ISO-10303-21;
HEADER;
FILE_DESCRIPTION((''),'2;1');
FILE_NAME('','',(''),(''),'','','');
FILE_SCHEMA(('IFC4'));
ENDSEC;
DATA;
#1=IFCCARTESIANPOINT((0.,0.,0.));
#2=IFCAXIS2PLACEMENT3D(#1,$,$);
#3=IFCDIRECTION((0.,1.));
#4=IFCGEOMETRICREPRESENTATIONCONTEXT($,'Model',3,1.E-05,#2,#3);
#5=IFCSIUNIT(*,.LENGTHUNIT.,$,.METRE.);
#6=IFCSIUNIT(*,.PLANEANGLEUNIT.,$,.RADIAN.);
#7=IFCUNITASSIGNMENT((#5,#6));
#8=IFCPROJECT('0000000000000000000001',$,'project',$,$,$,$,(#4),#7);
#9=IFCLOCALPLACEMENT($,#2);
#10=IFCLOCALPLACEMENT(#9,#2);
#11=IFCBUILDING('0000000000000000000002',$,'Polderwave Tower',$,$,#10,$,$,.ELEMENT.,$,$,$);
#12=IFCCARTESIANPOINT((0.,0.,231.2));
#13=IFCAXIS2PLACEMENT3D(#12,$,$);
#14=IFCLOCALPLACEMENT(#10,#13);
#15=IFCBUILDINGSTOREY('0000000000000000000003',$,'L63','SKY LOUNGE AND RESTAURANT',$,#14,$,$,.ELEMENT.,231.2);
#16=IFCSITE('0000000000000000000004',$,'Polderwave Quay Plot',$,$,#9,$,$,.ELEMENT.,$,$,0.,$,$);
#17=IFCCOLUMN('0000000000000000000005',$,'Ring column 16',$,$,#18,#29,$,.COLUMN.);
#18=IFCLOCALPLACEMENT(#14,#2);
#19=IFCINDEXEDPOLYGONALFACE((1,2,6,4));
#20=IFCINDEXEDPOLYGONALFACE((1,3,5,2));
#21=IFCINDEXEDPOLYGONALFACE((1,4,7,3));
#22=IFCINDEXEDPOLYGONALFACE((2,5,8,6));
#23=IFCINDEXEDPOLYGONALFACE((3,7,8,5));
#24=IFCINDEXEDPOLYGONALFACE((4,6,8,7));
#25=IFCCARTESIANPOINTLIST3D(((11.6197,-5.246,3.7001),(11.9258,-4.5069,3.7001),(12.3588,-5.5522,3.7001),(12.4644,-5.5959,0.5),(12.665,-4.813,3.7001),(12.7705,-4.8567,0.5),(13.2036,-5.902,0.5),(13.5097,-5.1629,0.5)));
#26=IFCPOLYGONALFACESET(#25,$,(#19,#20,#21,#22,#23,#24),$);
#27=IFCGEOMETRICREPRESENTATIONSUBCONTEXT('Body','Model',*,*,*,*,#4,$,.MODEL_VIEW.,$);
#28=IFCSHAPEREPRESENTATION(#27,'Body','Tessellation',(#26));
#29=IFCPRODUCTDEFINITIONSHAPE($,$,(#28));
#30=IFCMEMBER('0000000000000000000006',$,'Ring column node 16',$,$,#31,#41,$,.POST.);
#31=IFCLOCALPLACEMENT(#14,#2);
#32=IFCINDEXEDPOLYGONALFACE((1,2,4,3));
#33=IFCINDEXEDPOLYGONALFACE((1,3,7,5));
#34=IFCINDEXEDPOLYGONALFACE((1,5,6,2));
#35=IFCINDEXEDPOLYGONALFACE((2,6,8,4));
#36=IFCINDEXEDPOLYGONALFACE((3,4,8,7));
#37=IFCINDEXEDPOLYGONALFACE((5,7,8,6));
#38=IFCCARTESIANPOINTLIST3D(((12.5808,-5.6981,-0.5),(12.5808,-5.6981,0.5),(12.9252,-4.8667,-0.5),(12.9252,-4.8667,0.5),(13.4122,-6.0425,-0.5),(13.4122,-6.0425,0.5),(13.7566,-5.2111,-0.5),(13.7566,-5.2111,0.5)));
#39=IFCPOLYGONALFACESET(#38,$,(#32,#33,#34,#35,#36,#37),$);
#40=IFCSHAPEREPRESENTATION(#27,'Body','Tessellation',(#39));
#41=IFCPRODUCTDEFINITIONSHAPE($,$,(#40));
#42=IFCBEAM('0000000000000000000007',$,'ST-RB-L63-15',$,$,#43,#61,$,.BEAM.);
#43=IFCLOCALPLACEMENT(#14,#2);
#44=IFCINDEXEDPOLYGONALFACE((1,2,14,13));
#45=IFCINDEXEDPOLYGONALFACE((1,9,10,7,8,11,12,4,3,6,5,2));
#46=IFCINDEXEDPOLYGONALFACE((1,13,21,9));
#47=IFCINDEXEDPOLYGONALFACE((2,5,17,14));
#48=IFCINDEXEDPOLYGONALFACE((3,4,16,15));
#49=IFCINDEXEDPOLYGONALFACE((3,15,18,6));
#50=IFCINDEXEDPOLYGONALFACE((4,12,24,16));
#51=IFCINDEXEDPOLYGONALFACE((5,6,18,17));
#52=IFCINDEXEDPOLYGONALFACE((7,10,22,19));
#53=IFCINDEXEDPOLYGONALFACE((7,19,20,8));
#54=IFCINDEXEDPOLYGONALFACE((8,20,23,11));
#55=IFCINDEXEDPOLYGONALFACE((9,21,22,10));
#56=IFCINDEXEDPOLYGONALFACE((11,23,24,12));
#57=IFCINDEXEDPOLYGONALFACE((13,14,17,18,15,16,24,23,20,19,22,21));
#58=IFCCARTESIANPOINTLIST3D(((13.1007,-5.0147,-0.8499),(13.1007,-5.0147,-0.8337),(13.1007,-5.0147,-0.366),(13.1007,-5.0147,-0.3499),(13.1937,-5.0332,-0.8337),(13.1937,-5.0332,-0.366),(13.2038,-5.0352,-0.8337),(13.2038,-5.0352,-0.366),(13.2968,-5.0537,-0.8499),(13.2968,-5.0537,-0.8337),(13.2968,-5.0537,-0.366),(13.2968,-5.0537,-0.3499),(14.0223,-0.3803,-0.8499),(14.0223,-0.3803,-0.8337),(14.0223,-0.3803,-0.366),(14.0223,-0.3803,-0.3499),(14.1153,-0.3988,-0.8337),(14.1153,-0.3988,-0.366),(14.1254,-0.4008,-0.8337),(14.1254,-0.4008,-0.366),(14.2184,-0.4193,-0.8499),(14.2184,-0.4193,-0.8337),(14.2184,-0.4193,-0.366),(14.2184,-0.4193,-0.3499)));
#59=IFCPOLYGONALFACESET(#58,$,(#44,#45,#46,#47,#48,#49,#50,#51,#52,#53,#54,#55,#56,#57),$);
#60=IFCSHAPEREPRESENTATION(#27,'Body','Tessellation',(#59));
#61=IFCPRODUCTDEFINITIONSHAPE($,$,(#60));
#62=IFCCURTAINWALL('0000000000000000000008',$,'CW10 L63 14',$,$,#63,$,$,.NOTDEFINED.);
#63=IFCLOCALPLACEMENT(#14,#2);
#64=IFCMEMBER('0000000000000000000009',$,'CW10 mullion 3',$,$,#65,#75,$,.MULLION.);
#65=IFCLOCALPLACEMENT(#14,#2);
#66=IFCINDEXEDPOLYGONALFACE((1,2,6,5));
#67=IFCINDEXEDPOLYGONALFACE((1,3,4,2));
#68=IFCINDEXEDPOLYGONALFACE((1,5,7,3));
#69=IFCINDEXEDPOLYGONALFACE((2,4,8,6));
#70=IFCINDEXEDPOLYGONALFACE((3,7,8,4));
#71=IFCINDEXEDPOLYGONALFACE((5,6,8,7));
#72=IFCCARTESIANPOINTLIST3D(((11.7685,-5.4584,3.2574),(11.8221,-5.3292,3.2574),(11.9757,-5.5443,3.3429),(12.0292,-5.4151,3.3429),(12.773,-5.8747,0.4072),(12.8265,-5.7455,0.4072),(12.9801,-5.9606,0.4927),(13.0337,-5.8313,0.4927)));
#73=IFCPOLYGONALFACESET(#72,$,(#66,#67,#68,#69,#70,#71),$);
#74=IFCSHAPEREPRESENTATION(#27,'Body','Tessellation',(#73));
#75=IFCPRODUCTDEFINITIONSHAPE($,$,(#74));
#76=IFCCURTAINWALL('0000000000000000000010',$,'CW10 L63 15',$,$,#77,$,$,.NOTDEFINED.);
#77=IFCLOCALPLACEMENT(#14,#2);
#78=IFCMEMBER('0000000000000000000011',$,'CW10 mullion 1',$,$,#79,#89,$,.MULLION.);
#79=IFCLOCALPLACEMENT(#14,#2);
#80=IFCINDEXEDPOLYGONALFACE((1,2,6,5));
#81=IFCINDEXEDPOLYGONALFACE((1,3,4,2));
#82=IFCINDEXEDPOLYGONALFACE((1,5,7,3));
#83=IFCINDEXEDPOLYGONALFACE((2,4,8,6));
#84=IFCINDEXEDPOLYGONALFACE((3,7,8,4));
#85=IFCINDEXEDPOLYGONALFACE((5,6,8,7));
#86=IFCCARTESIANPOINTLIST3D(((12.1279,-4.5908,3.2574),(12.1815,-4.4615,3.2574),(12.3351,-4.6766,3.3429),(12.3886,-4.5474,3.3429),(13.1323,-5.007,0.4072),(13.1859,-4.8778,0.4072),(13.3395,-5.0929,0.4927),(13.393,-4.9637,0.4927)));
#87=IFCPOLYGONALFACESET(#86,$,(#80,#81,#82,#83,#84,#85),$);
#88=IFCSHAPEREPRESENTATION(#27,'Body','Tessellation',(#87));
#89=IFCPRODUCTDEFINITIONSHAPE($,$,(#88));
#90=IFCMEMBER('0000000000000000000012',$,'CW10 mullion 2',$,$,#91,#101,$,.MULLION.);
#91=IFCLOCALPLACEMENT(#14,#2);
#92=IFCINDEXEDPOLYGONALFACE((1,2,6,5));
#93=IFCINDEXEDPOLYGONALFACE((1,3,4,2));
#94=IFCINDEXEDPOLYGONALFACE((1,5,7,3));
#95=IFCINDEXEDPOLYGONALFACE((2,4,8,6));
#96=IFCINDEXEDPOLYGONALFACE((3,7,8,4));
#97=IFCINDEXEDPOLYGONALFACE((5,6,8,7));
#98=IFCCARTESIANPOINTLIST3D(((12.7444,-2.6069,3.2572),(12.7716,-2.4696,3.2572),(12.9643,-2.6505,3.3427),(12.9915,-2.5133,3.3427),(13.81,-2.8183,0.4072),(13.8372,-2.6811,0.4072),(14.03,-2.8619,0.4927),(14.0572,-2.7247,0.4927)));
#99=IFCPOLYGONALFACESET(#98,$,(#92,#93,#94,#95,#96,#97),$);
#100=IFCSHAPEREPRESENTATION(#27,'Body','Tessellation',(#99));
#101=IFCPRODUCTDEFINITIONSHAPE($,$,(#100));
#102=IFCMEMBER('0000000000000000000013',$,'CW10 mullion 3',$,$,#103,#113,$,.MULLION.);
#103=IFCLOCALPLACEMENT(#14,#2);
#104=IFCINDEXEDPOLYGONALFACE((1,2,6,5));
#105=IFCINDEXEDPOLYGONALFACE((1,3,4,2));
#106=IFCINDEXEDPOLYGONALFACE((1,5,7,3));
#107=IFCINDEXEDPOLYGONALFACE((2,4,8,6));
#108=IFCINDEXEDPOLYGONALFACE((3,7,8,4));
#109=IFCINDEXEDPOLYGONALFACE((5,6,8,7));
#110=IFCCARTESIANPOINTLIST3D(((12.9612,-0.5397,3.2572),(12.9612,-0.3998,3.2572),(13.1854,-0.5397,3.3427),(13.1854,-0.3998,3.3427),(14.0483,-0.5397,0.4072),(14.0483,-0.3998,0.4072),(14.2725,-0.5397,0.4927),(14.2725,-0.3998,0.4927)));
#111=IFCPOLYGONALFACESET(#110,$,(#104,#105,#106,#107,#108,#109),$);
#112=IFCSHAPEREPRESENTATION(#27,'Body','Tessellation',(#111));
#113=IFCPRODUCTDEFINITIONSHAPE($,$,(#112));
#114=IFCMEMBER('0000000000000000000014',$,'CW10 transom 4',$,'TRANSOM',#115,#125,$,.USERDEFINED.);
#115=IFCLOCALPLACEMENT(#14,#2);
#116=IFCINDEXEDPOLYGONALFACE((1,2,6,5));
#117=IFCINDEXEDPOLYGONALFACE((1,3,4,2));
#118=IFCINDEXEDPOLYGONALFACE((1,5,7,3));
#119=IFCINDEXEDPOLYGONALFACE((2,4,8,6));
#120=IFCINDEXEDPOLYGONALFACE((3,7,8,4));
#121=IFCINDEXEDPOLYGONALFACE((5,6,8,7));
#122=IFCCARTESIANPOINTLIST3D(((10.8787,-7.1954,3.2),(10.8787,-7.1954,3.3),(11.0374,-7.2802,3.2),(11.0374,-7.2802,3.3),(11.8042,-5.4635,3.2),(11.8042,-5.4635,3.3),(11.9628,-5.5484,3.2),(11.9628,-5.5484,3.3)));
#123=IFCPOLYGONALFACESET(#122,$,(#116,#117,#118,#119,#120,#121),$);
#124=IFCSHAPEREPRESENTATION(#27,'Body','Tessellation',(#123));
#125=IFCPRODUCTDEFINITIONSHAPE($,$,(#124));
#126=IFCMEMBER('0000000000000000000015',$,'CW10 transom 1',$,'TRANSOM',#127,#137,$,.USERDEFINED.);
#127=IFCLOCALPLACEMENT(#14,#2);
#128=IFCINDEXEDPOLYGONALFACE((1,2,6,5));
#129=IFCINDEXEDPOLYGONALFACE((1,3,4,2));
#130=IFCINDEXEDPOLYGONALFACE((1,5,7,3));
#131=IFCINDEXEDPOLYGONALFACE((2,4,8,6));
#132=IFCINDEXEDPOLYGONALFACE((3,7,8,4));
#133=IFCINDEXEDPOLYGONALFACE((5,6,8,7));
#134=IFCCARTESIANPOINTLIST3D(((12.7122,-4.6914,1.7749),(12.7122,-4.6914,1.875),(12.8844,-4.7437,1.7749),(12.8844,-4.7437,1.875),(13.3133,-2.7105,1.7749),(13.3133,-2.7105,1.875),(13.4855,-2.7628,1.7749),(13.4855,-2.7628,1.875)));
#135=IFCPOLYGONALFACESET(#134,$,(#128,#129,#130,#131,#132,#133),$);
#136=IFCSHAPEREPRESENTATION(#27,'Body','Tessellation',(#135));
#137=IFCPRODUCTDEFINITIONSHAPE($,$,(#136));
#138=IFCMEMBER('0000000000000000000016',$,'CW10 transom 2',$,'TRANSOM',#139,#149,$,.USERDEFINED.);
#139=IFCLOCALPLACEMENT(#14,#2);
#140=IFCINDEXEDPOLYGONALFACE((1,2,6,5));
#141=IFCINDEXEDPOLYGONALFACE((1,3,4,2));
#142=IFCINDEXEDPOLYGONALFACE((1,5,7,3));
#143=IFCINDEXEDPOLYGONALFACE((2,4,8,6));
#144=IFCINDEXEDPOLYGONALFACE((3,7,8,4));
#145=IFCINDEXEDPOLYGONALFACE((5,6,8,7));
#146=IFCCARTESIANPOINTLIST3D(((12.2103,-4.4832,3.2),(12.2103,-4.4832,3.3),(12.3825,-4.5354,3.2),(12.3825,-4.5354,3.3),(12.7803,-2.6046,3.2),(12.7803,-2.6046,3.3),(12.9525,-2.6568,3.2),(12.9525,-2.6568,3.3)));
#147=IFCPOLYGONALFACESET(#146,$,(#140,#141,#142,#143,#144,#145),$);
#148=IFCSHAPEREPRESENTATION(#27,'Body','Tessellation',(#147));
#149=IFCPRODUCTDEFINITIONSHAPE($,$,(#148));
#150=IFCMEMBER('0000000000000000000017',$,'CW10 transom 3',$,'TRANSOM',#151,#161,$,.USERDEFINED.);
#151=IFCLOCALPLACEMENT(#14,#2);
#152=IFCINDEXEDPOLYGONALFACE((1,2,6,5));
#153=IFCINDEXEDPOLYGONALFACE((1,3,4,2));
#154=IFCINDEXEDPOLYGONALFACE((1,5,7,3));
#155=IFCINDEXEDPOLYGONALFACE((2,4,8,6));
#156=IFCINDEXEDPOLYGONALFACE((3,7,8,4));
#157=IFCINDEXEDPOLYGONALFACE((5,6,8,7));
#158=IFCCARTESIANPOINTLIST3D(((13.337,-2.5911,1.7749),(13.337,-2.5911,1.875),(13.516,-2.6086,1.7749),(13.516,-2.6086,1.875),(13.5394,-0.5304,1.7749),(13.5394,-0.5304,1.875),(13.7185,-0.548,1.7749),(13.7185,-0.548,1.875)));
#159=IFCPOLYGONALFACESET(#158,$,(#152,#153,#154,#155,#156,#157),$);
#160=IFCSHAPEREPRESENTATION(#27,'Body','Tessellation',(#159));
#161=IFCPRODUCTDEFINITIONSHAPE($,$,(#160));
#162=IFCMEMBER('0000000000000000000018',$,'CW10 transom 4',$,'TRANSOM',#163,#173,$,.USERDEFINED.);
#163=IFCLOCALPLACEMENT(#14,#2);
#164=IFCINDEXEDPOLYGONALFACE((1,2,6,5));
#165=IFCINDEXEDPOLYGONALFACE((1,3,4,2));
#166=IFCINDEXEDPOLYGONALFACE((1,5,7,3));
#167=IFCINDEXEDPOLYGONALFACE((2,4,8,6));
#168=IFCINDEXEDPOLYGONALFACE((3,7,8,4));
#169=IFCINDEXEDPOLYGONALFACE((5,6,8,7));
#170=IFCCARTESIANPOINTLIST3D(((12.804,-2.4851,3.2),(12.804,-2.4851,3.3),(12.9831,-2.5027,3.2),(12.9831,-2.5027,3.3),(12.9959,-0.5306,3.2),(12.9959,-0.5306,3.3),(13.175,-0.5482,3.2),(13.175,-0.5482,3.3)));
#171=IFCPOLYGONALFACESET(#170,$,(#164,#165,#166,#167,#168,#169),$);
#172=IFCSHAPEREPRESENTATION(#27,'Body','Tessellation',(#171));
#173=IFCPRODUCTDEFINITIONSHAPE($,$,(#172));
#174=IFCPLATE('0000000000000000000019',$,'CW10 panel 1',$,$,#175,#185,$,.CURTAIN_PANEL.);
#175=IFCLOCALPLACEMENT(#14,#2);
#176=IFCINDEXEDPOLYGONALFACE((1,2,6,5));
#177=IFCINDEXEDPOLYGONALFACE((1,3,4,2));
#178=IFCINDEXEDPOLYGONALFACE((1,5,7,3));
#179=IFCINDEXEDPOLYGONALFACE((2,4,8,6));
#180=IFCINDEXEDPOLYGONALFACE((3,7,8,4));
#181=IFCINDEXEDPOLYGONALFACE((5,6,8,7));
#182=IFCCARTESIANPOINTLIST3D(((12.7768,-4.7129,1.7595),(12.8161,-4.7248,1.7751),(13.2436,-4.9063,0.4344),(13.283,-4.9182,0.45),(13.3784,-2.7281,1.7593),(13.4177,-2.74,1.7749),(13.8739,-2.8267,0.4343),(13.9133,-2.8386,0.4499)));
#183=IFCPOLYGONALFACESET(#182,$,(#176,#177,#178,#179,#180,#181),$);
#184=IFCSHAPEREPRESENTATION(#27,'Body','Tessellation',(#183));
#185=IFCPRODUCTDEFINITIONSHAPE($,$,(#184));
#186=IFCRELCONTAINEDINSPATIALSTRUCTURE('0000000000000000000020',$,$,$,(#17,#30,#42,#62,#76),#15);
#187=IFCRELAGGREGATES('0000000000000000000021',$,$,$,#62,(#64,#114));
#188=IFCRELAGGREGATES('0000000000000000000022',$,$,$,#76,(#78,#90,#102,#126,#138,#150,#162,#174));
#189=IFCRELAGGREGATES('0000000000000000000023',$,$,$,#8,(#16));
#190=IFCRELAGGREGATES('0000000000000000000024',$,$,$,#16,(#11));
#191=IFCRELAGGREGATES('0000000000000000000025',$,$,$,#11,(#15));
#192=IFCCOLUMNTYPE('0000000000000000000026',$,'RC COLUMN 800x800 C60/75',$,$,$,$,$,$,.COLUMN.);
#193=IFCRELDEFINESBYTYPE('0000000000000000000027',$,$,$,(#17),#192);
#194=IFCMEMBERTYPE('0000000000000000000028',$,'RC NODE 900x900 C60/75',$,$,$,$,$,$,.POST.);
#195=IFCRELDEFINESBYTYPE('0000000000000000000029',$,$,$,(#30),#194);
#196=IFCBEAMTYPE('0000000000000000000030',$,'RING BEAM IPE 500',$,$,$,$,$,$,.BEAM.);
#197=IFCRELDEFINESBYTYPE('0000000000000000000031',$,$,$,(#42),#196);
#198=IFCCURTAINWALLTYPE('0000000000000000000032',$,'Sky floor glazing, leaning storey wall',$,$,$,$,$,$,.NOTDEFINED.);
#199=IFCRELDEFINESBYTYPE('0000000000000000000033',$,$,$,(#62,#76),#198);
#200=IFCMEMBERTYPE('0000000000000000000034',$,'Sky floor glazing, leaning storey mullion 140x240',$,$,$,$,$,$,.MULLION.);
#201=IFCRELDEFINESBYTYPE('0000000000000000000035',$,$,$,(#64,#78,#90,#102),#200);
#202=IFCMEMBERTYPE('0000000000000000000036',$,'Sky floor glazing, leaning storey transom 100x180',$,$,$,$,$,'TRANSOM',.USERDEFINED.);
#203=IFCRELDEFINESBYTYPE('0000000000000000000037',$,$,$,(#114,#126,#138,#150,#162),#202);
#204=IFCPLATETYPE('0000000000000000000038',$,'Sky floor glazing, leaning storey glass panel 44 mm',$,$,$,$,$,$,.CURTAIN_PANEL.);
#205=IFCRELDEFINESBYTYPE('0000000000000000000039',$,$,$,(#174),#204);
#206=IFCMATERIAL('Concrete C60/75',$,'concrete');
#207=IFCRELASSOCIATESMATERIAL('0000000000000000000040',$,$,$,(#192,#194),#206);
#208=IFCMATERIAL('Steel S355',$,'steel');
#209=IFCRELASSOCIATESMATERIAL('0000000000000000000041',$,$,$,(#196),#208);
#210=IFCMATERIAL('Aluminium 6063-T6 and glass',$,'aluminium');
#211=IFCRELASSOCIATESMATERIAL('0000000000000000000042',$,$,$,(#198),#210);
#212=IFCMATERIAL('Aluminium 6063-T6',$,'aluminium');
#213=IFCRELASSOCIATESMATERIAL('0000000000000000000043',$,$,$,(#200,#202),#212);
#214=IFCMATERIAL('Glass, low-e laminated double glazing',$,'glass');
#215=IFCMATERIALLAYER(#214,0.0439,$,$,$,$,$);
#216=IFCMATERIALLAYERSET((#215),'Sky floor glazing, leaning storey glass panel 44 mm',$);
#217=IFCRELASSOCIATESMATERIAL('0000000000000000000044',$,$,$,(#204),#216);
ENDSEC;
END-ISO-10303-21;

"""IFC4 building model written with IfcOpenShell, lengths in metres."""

from ifc_helpers import new_model, si_unit, direction, frame, origin, origin_2d, place, context, subcontext, project, spatial, polyline, rectangle, i_section, outline, extrude, material, layer, layer_set, material_profile, profile_set, type_object, element, aggregate, save


model = new_model("IFC4")

# Units and contexts
model_context = context("Model", 3, precision=1e-05, world=origin(), true_north=direction((0.0, 1.0)))
body_context = subcontext(model_context, "Body", "Model", "MODEL_VIEW")
ifc_project = project(units=[si_unit("LENGTHUNIT", "METRE"), si_unit("PLANEANGLEUNIT", "RADIAN")], contexts=[model_context])

# Site, building, storey
site_placement = place(None, origin())
site = spatial("IfcSite", under=ifc_project, at=site_placement, Name="Polderwave Quay Plot", CompositionType="ELEMENT", RefElevation=0.0)
building_placement = place(site_placement, origin())
building = spatial("IfcBuilding", under=site, at=building_placement, Name="Polderwave Tower", CompositionType="ELEMENT")
storey_placement = place(building_placement, frame((0.0, 0.0, 231.2)))
storey = spatial("IfcBuildingStorey", under=building, at=storey_placement, Name="L63", Description="SKY LOUNGE AND RESTAURANT", CompositionType="ELEMENT", Elevation=231.2)

# Column
ifc_material_1 = material(Name="Concrete C60/75", Category="concrete")
ifc_material_profile_1 = material_profile(ifc_material_1, rectangle(XDim=0.8, YDim=0.8, at=origin_2d()), Name="RC 800x800")
ifc_profile_set_1 = profile_set([ifc_material_profile_1], Name="Concrete C60/75")
column_type = type_object("IfcColumnType", Name="RC COLUMN 800x800 C60/75", PredefinedType="COLUMN", material=ifc_profile_set_1)
column_placement = place(storey_placement, frame((12.9871, -5.3794, 0.5), z_axis=(0.0, 0.0, 1.0), x_axis=(-0.382643, -0.923896, 0.0)))
element("IfcColumn", 1, at=column_placement, inside=storey, type_object=column_type, Name="Ring column 16", PredefinedType="COLUMN", context=body_context, shape_type="SweptSolid", body=[
    extrude(rectangle(XDim=0.8, YDim=0.8, at=origin_2d()), origin(), (0.0, -0.274731, 0.961521), 3.3281),
])

# Member
ifc_material_profile_2 = material_profile(ifc_material_1, rectangle(XDim=0.8999, YDim=0.8999, at=origin_2d()), Name="RC 900x900")
ifc_profile_set_2 = profile_set([ifc_material_profile_2], Name="Concrete C60/75")
member_type_1 = type_object("IfcMemberType", Name="RC NODE 900x900 C60/75", PredefinedType="POST", material=ifc_profile_set_2)
member_1_placement = place(storey_placement, frame((13.1687, -5.4546, -0.5), z_axis=(0.0, 0.0, 1.0), x_axis=(0.92388, -0.382683, 0.0)))
element("IfcMember", 2, at=member_1_placement, inside=storey, type_object=member_type_1, Name="Ring column node 16", PredefinedType="POST", context=body_context, shape_type="SweptSolid", body=[
    extrude(rectangle(XDim=0.8999, YDim=0.8999, at=origin_2d()), origin(), (0.0, 0.0, 1.0), 1.0),
])

# Beam
ifc_material_2 = material(Name="Steel S355", Category="steel")
ifc_material_profile_3 = material_profile(ifc_material_2, i_section(OverallWidth=0.2, OverallDepth=0.5, WebThickness=0.0103, FlangeThickness=0.0161, at=origin_2d()), Name="IPE 500")
ifc_profile_set_3 = profile_set([ifc_material_profile_3], Name="Steel S355")
beam_type = type_object("IfcBeamType", Name="RING BEAM IPE 500", PredefinedType="BEAM", material=ifc_profile_set_3)
beam_placement = place(storey_placement, frame((13.1987, -5.0342, -0.5999), z_axis=(0.195053, 0.980793, 0.0), x_axis=(-0.980793, 0.195053, 0.0)))
element("IfcBeam", 3, at=beam_placement, inside=storey, type_object=beam_type, Name="ST-RB-L63-15", PredefinedType="BEAM", context=body_context, shape_type="SweptSolid", body=[
    extrude(i_section(OverallWidth=0.2, OverallDepth=0.5, WebThickness=0.0103, FlangeThickness=0.0161, at=origin_2d()), origin(), (0.0, 0.0, 1.0), 4.7251),
])

# Curtain wall, member
ifc_material_3 = material(Name="Aluminium 6063-T6 and glass", Category="aluminium")
curtain_wall_type = type_object("IfcCurtainWallType", Name="Sky floor glazing, leaning storey wall", PredefinedType="NOTDEFINED", material=ifc_material_3)
curtain_wall_1_placement = place(storey_placement, origin())
curtain_wall_1 = element("IfcCurtainWall", 4, at=curtain_wall_1_placement, inside=storey, type_object=curtain_wall_type, Name="CW10 L63 14", PredefinedType="NOTDEFINED")
ifc_material_4 = material(Name="Aluminium 6063-T6", Category="aluminium")
ifc_material_profile_4 = material_profile(ifc_material_4, rectangle(XDim=0.1399, YDim=0.24, at=origin_2d()), Name="AL 140x240")
ifc_profile_set_4 = profile_set([ifc_material_profile_4], Name="Aluminium 6063-T6")
member_type_2 = type_object("IfcMemberType", Name="Sky floor glazing, leaning storey mullion 140x240", PredefinedType="MULLION", material=ifc_profile_set_4)
member_2_placement = place(storey_placement, frame((12.9033, -5.853, 0.45), z_axis=(-0.329263, 0.136459, 0.934326), x_axis=(-0.382861, -0.923806, 0.0)))
member_2 = element("IfcMember", 5, at=member_2_placement, type_object=member_type_2, Name="CW10 mullion 3", PredefinedType="MULLION", context=body_context, shape_type="SweptSolid", body=[
    extrude(rectangle(XDim=0.1399, YDim=0.24, at=origin_2d()), origin(), (0.0, 0.0, 1.0), 3.0505),
])

# Curtain wall, members
curtain_wall_2_placement = place(storey_placement, origin())
curtain_wall_2 = element("IfcCurtainWall", 6, at=curtain_wall_2_placement, inside=storey, type_object=curtain_wall_type, Name="CW10 L63 15", PredefinedType="NOTDEFINED")
member_3_placement = place(storey_placement, frame((13.2627, -4.9854, 0.45), z_axis=(-0.329263, 0.136459, 0.934326), x_axis=(-0.382861, -0.923806, 0.0)))
member_3 = element("IfcMember", 7, at=member_3_placement, type_object=member_type_2, Name="CW10 mullion 1", PredefinedType="MULLION", context=body_context, shape_type="SweptSolid", body=[
    extrude(rectangle(XDim=0.1399, YDim=0.24, at=origin_2d()), origin(), (0.0, 0.0, 1.0), 3.0505),
])
member_4_placement = place(storey_placement, frame((13.9336, -2.7715, 0.45), z_axis=(-0.349384, 0.069317, 0.934412), x_axis=(-0.194603, -0.980882, 0.0)))
member_4 = element("IfcMember", 8, at=member_4_placement, type_object=member_type_2, Name="CW10 mullion 2", PredefinedType="MULLION", context=body_context, shape_type="SweptSolid", body=[
    extrude(rectangle(XDim=0.1399, YDim=0.24, at=origin_2d()), origin(), (0.0, 0.0, 1.0), 3.05),
])
member_5_placement = place(storey_placement, frame((14.1604, -0.4697, 0.45), z_axis=(-0.356398, 0.0, 0.934334), x_axis=(0.0, -1.0, 0.0)))
member_5 = element("IfcMember", 9, at=member_5_placement, type_object=member_type_2, Name="CW10 mullion 3", PredefinedType="MULLION", context=body_context, shape_type="SweptSolid", body=[
    extrude(rectangle(XDim=0.1399, YDim=0.24, at=origin_2d()), origin(), (0.0, 0.0, 1.0), 3.0503),
])

# Members
ifc_material_profile_5 = material_profile(ifc_material_4, rectangle(XDim=0.1799, YDim=0.1001, at=origin_2d()), Name="AL 100x180")
ifc_profile_set_5 = profile_set([ifc_material_profile_5], Name="Aluminium 6063-T6")
member_type_3 = type_object("IfcMemberType", Name="Sky floor glazing, leaning storey transom 100x180", ElementType="TRANSOM", PredefinedType="USERDEFINED", material=ifc_profile_set_5)
member_6_placement = place(storey_placement, frame((10.958, -7.2378, 3.25), z_axis=(0.471317, 0.881964, 0.0), x_axis=(-0.881964, 0.471317, 0.0)))
member_6 = element("IfcMember", 10, at=member_6_placement, type_object=member_type_3, Name="CW10 transom 4", ObjectType="TRANSOM", PredefinedType="USERDEFINED", context=body_context, shape_type="SweptSolid", body=[
    extrude(rectangle(XDim=0.1799, YDim=0.1001, at=origin_2d()), origin(), (0.0, 0.0, 1.0), 1.9636),
])
aggregate(curtain_wall_1, [member_2, member_6])
member_7_placement = place(storey_placement, frame((12.7983, -4.7175, 1.825), z_axis=(0.290354, 0.956919, 0.0), x_axis=(-0.956919, 0.290354, 0.0)))
member_7 = element("IfcMember", 11, at=member_7_placement, type_object=member_type_3, Name="CW10 transom 1", ObjectType="TRANSOM", PredefinedType="USERDEFINED", context=body_context, shape_type="SweptSolid", body=[
    extrude(rectangle(XDim=0.1799, YDim=0.1001, at=origin_2d()), origin(), (0.0, 0.0, 1.0), 2.0701),
])
member_8_placement = place(storey_placement, frame((12.2964, -4.5093, 3.25), z_axis=(0.29037, 0.956915, 0.0), x_axis=(-0.956915, 0.29037, 0.0)))
member_8 = element("IfcMember", 12, at=member_8_placement, type_object=member_type_3, Name="CW10 transom 2", ObjectType="TRANSOM", PredefinedType="USERDEFINED", context=body_context, shape_type="SweptSolid", body=[
    extrude(rectangle(XDim=0.1799, YDim=0.1001, at=origin_2d()), origin(), (0.0, 0.0, 1.0), 1.9631),
])
member_9_placement = place(storey_placement, frame((13.4265, -2.5999, 1.825), z_axis=(0.097752, 0.995211, 0.0), x_axis=(-0.995211, 0.097752, 0.0)))
member_9 = element("IfcMember", 13, at=member_9_placement, type_object=member_type_3, Name="CW10 transom 3", ObjectType="TRANSOM", PredefinedType="USERDEFINED", context=body_context, shape_type="SweptSolid", body=[
    extrude(rectangle(XDim=0.1799, YDim=0.1001, at=origin_2d()), origin(), (0.0, 0.0, 1.0), 2.0706),
])
member_10_placement = place(storey_placement, frame((12.8936, -2.4939, 3.25), z_axis=(0.097707, 0.995215, 0.0), x_axis=(-0.995215, 0.097707, 0.0)))
member_10 = element("IfcMember", 14, at=member_10_placement, type_object=member_type_3, Name="CW10 transom 4", ObjectType="TRANSOM", PredefinedType="USERDEFINED", context=body_context, shape_type="SweptSolid", body=[
    extrude(rectangle(XDim=0.1799, YDim=0.1001, at=origin_2d()), origin(), (0.0, 0.0, 1.0), 1.9639),
])

# Plate
ifc_material_5 = material(Name="Glass, low-e laminated double glazing", Category="glass")
ifc_layer_1 = layer(ifc_material_5, 0.0439)
ifc_layer_set_1 = layer_set([ifc_layer_1], Name="Sky floor glazing, leaning storey glass panel 44 mm")
plate_type = type_object("IfcPlateType", Name="Sky floor glazing, leaning storey glass panel 44 mm", PredefinedType="CURTAIN_PANEL", material=ifc_layer_set_1)
plate_1_placement = place(storey_placement, frame((13.283, -4.9182, 0.45), z_axis=(0.894749, -0.271177, 0.354807), x_axis=(0.290052, 0.957011, -0.000014)))
plate_1 = element("IfcPlate", 15, at=plate_1_placement, type_object=plate_type, Name="CW10 panel 1", PredefinedType="CURTAIN_PANEL", context=body_context, shape_type="SweptSolid", body=[
    extrude(outline(polyline([(0.0, 0.0), (2.173, 0.0), (2.1237, 1.4172), (0.0496, 1.4174), (0.0, 0.0)])), origin(), (0.0, 0.0, -1.0), 0.0439),
])
aggregate(curtain_wall_2, [member_3, member_4, member_5, member_7, member_8, member_9, member_10, plate_1])

save(model, "model.ifc")
